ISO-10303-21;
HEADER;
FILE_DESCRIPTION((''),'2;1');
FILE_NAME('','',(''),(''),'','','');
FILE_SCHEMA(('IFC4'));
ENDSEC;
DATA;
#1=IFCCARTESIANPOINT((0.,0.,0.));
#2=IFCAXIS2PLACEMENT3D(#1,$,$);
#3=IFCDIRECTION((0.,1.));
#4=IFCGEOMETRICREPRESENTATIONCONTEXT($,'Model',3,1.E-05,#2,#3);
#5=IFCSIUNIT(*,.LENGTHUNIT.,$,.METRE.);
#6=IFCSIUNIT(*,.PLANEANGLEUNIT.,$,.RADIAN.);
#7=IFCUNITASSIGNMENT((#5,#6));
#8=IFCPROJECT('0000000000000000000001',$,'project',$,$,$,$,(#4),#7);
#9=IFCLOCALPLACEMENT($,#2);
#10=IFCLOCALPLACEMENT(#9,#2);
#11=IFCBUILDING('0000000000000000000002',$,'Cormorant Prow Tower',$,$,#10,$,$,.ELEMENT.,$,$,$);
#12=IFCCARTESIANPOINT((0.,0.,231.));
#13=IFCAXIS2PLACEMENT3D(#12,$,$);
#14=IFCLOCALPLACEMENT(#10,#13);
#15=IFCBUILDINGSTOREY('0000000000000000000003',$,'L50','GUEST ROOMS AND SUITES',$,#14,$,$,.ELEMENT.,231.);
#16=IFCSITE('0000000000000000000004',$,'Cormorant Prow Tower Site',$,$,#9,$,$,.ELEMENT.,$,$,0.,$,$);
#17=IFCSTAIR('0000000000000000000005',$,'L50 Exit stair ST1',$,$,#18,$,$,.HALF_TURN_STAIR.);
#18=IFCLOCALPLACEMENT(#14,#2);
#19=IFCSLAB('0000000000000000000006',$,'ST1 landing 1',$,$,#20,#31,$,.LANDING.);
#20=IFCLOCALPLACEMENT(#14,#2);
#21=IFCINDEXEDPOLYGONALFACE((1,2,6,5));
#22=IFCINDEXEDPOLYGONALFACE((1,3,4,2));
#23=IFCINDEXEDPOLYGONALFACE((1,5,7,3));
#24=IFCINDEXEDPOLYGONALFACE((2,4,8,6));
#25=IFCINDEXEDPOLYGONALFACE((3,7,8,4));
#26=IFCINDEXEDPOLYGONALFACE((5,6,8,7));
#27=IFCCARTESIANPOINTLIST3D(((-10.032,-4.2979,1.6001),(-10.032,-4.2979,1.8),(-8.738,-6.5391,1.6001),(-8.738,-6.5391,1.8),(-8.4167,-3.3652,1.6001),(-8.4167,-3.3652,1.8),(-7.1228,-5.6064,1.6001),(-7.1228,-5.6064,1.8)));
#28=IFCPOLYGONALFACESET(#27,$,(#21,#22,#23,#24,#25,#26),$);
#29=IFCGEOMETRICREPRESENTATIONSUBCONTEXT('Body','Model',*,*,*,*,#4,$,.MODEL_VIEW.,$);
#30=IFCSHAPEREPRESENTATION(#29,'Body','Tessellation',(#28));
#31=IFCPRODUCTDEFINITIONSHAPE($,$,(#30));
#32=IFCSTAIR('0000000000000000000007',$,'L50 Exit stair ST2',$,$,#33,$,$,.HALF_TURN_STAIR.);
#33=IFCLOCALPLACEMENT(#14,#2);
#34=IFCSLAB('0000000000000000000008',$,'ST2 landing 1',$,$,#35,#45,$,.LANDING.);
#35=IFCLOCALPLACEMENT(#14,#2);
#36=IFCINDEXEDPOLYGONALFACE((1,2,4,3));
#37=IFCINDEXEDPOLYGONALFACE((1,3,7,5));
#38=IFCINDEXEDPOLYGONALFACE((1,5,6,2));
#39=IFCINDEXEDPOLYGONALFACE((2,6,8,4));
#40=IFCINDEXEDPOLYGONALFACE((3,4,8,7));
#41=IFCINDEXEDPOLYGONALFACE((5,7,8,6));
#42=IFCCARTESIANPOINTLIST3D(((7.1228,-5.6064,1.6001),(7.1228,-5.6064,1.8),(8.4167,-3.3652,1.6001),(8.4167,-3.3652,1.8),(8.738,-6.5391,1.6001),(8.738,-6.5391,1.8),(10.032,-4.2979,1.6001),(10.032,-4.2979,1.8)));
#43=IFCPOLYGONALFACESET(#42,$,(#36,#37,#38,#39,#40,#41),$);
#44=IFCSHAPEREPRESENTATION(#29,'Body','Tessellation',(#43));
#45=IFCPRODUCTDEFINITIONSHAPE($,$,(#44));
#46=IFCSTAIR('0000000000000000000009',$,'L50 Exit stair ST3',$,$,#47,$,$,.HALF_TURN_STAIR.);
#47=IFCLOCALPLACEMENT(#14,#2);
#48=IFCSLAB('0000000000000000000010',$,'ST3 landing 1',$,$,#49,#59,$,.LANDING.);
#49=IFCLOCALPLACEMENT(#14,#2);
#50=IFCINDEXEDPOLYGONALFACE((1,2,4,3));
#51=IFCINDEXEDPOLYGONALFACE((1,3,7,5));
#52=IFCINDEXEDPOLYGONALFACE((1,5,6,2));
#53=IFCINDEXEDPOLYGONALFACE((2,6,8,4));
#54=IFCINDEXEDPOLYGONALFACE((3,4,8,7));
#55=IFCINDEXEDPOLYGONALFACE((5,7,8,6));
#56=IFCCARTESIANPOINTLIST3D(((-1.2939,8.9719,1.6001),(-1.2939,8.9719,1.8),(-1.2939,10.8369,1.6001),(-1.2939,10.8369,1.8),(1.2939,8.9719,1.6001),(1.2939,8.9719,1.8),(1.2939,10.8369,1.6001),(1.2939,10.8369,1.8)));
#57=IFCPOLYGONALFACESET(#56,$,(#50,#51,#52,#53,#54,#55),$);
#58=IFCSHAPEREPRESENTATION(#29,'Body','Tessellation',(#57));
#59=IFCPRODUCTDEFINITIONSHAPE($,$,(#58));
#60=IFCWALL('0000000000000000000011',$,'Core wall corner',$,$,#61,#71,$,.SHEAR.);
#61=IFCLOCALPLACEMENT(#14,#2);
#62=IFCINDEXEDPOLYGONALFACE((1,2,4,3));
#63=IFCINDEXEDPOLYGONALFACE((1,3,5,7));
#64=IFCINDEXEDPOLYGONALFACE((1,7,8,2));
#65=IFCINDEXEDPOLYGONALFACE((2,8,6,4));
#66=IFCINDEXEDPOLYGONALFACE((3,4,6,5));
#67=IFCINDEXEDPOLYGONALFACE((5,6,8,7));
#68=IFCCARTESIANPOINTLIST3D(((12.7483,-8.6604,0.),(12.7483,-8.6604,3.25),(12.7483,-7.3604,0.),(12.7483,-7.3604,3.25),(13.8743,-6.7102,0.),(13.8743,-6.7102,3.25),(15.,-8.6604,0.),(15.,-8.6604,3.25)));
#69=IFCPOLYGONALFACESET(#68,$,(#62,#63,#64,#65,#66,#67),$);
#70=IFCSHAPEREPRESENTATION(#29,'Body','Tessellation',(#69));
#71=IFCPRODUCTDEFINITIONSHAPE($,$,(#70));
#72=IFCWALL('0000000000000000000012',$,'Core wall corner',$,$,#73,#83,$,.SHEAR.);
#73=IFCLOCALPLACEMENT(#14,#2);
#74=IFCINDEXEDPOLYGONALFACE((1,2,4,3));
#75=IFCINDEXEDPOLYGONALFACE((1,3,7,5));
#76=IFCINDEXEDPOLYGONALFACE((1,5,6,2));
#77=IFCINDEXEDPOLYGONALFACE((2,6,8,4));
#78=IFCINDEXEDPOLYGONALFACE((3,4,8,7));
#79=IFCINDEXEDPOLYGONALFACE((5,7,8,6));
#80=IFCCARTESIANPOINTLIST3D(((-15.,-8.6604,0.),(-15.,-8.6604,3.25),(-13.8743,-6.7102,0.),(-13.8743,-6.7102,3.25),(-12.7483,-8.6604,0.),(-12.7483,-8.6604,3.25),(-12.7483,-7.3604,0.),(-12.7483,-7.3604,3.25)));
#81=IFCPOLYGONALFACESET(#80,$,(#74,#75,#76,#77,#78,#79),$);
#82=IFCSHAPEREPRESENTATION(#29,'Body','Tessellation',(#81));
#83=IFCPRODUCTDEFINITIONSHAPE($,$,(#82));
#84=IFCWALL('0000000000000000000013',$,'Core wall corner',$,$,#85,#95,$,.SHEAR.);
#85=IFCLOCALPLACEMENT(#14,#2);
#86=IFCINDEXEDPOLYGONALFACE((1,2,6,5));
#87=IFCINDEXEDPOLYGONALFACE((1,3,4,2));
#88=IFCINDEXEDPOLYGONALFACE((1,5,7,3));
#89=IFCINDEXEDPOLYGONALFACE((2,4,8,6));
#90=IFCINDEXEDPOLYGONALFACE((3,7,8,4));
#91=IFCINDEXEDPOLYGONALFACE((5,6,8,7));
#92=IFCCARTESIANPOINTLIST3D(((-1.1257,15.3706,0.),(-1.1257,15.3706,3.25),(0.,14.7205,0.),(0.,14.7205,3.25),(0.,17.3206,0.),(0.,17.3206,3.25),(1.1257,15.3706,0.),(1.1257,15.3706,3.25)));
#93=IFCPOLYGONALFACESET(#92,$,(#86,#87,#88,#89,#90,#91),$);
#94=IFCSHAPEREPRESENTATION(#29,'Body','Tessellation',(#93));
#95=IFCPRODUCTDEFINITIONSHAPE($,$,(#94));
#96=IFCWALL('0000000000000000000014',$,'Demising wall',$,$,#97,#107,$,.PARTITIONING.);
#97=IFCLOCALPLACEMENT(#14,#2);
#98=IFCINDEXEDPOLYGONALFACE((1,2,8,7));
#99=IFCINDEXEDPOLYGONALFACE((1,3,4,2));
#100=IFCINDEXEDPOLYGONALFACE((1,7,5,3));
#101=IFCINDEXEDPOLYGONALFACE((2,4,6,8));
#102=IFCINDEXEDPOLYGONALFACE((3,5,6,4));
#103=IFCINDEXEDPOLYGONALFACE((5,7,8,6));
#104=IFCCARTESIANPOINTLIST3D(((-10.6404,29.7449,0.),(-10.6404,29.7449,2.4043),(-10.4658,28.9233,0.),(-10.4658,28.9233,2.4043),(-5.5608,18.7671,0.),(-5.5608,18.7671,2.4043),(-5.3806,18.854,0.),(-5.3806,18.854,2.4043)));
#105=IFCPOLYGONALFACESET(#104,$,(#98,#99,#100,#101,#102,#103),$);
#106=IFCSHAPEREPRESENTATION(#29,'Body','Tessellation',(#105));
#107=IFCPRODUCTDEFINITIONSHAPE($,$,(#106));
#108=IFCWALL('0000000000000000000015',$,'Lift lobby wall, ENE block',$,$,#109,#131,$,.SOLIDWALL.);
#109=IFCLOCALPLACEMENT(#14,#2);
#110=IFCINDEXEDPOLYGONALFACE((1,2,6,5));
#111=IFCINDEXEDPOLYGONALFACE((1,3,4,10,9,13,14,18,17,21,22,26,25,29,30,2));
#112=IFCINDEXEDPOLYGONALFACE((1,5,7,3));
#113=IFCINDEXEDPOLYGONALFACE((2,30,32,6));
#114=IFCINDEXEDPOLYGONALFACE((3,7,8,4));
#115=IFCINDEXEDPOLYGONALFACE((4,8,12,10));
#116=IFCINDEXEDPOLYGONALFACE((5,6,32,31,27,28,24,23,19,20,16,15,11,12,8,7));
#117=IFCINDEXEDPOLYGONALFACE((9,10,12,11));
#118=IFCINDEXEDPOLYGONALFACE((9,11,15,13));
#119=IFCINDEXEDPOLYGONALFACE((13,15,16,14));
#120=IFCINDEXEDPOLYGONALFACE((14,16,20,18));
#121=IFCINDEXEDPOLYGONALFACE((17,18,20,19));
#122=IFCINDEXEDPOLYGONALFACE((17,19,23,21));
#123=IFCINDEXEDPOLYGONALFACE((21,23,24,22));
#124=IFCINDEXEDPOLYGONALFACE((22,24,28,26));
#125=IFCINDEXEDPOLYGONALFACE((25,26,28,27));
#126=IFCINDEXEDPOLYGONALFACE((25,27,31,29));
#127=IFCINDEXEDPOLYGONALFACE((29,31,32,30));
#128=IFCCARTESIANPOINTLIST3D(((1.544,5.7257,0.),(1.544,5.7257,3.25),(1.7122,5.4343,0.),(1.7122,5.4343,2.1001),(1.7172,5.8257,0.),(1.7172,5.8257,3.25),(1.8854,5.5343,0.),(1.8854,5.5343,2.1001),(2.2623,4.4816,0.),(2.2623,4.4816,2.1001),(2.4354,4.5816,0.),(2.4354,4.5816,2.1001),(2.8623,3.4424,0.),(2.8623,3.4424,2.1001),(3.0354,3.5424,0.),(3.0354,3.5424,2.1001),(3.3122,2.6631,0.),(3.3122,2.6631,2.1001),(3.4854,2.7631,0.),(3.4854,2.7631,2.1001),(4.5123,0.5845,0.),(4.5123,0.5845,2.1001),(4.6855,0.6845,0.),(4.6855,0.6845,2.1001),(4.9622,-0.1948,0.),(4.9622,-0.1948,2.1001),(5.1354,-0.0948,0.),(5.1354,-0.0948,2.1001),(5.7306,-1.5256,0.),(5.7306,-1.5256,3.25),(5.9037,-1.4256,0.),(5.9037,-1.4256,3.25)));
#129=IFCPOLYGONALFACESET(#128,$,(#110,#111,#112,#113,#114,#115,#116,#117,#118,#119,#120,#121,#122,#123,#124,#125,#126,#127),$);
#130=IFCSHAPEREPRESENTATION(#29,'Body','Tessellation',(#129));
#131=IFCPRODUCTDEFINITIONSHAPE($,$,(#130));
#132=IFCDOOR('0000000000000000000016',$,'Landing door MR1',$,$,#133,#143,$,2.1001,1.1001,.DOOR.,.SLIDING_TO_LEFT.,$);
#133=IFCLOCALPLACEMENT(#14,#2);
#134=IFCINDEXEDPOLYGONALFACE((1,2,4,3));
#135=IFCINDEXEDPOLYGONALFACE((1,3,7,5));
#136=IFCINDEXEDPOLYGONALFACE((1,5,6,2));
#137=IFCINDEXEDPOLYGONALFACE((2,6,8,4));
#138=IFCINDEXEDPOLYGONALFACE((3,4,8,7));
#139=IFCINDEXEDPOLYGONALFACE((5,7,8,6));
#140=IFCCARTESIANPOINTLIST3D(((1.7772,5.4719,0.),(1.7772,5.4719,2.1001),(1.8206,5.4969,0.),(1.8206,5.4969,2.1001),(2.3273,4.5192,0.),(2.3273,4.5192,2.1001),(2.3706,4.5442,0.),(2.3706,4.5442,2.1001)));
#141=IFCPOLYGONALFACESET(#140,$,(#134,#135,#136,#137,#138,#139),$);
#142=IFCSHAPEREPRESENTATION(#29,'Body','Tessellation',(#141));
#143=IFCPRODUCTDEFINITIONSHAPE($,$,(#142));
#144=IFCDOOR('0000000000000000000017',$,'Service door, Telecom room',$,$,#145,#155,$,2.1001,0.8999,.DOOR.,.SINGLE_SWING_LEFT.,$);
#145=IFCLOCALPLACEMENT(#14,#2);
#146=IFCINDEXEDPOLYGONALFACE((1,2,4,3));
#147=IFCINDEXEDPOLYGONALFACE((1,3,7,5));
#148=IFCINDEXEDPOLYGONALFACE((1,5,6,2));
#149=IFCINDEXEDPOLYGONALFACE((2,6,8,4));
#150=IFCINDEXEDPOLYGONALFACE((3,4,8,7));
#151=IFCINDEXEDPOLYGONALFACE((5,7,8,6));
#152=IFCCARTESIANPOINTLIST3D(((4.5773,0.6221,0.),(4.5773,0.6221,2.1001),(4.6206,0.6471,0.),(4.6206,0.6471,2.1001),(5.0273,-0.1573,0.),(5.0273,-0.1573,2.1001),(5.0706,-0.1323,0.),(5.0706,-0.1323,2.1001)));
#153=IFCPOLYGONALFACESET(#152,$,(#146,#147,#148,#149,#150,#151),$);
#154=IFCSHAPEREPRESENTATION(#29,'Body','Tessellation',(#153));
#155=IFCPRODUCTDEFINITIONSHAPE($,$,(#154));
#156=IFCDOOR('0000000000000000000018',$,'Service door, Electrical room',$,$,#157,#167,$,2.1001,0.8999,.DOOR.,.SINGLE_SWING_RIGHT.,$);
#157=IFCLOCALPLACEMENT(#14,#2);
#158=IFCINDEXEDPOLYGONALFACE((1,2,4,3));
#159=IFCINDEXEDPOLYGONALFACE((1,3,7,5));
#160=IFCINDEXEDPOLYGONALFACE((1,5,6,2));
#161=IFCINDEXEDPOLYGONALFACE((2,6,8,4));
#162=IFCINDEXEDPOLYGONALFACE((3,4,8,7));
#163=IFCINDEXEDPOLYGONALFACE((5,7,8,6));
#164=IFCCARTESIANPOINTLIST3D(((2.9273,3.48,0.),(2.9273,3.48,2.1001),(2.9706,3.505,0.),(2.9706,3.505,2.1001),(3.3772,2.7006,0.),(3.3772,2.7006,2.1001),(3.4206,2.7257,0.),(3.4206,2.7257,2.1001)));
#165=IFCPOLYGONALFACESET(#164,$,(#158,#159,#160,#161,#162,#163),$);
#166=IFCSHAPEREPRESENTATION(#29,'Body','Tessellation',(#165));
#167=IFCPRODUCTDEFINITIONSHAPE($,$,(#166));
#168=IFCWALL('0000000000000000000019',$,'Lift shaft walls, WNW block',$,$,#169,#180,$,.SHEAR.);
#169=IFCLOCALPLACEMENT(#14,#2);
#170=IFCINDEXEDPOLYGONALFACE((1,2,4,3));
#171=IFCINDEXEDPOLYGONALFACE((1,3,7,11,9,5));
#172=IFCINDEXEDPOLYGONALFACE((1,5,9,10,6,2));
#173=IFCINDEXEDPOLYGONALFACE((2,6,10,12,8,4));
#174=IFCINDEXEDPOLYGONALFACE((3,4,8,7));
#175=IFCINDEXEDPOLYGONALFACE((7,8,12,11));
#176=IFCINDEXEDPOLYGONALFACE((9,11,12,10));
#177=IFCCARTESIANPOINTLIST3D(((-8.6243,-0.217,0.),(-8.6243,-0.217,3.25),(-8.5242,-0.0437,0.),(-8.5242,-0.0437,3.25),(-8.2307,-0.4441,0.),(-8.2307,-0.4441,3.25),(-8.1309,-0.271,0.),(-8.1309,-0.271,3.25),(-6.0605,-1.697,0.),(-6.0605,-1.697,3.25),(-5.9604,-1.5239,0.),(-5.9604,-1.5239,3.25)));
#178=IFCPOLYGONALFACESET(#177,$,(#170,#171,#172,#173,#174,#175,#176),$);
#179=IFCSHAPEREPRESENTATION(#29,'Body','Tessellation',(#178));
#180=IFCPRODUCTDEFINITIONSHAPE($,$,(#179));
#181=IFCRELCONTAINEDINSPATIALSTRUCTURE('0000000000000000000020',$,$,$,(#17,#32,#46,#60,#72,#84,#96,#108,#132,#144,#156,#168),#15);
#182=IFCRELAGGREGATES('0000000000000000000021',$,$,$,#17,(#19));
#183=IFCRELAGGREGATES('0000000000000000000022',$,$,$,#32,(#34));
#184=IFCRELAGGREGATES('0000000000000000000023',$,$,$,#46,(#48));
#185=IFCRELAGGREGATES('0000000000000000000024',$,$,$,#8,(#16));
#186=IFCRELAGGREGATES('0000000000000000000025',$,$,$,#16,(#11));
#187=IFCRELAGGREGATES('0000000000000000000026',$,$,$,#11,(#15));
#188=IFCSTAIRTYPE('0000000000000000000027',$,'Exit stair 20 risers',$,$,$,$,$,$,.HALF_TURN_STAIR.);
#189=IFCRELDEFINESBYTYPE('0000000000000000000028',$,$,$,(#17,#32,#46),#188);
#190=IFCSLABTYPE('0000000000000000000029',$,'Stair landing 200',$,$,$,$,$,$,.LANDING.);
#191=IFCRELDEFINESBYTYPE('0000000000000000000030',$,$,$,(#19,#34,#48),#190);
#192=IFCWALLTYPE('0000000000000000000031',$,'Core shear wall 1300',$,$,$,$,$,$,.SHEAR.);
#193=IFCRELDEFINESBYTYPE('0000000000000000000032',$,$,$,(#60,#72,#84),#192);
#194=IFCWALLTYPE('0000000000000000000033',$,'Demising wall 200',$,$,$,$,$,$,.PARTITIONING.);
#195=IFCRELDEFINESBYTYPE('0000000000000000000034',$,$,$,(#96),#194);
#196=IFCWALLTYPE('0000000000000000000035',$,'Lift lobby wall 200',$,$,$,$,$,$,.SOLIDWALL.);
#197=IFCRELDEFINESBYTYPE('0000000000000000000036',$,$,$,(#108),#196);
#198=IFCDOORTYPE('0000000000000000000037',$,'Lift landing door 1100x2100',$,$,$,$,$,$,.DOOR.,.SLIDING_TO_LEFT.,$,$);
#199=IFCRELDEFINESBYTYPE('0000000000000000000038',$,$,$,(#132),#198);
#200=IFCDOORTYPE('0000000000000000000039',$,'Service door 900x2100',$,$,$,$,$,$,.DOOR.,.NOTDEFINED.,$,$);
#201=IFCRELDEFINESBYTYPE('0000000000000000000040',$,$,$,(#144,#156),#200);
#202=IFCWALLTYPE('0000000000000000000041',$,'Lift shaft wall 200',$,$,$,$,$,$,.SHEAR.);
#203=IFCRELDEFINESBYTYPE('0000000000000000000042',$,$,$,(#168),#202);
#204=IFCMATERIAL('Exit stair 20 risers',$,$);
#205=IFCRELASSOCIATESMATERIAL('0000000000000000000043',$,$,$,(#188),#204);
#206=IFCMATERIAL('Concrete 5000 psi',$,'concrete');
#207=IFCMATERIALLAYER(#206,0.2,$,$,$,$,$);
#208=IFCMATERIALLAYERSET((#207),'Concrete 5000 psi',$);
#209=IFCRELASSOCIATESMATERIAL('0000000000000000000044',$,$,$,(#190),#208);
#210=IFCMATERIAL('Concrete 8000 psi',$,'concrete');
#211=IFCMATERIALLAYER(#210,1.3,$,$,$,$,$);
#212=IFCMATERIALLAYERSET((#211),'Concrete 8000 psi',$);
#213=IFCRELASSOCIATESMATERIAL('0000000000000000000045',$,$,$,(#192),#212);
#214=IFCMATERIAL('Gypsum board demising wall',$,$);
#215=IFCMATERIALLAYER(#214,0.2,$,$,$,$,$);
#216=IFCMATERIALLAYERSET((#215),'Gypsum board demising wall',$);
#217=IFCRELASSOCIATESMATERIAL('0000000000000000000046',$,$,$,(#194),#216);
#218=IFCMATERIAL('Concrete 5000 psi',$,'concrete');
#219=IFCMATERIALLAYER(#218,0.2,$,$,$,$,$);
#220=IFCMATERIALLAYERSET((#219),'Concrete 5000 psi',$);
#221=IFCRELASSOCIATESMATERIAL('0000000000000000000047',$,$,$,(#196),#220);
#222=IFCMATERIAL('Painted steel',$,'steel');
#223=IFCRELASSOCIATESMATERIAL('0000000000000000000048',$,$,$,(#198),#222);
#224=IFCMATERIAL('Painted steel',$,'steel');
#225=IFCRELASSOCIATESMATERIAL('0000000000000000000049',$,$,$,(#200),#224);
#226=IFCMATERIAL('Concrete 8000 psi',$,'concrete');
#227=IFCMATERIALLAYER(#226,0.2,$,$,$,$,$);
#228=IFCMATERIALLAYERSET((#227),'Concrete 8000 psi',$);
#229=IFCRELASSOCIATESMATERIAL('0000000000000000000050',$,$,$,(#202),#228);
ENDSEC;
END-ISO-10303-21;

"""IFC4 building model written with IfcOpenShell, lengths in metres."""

from ifc_helpers import new_model, si_unit, direction, frame, frame_2d, origin, place, context, subcontext, project, spatial, polyline, rectangle, outline, extrude, material, layer, layer_set, type_object, element, fill, aggregate, save


model = new_model("IFC4")

# Units and contexts
model_context = context("Model", 3, precision=1e-05, world=origin(), true_north=direction((0.0, 1.0)))
body_context = subcontext(model_context, "Body", "Model", "MODEL_VIEW")
ifc_project = project(units=[si_unit("LENGTHUNIT", "METRE"), si_unit("PLANEANGLEUNIT", "RADIAN")], contexts=[model_context])

# Site, building, storey
site_placement = place(None, origin())
site = spatial("IfcSite", under=ifc_project, at=site_placement, Name="Cormorant Prow Tower Site", CompositionType="ELEMENT", RefElevation=0.0)
building_placement = place(site_placement, origin())
building = spatial("IfcBuilding", under=site, at=building_placement, Name="Cormorant Prow Tower", CompositionType="ELEMENT")
storey_placement = place(building_placement, frame((0.0, 0.0, 231.0)))
storey = spatial("IfcBuildingStorey", under=building, at=storey_placement, Name="L50", Description="GUEST ROOMS AND SUITES", CompositionType="ELEMENT", Elevation=231.0)

# Stairs, slabs
ifc_material_1 = material(Name="Exit stair 20 risers")
stair_type = type_object("IfcStairType", Name="Exit stair 20 risers", PredefinedType="HALF_TURN_STAIR", material=ifc_material_1)
stair_1_placement = place(storey_placement, origin())
stair_1 = element("IfcStair", 1, at=stair_1_placement, inside=storey, type_object=stair_type, Name="L50 Exit stair ST1", PredefinedType="HALF_TURN_STAIR")
ifc_material_2 = material(Name="Concrete 5000 psi", Category="concrete")
ifc_layer_1 = layer(ifc_material_2, 0.2)
ifc_layer_set_1 = layer_set([ifc_layer_1], Name="Concrete 5000 psi")
slab_type = type_object("IfcSlabType", Name="Stair landing 200", PredefinedType="LANDING", material=ifc_layer_set_1)
slab_1_placement = place(storey_placement, frame((0.0, 0.0, 1.6001)))
slab_1 = element("IfcSlab", 2, at=slab_1_placement, type_object=slab_type, Name="ST1 landing 1", PredefinedType="LANDING", context=body_context, shape_type="SweptSolid", body=[
    extrude(outline(polyline([(-8.4167, -3.3652), (-10.032, -4.2979), (-8.738, -6.5391), (-7.1228, -5.6064), (-8.4167, -3.3652)])), origin(), (0.0, 0.0, 1.0), 0.2),
])
aggregate(stair_1, [slab_1])
stair_2_placement = place(storey_placement, origin())
stair_2 = element("IfcStair", 3, at=stair_2_placement, inside=storey, type_object=stair_type, Name="L50 Exit stair ST2", PredefinedType="HALF_TURN_STAIR")
slab_2_placement = place(storey_placement, frame((0.0, 0.0, 1.6001)))
slab_2 = element("IfcSlab", 4, at=slab_2_placement, type_object=slab_type, Name="ST2 landing 1", PredefinedType="LANDING", context=body_context, shape_type="SweptSolid", body=[
    extrude(outline(polyline([(7.1228, -5.6064), (8.738, -6.5391), (10.032, -4.2979), (8.4167, -3.3652), (7.1228, -5.6064)])), origin(), (0.0, 0.0, 1.0), 0.2),
])
aggregate(stair_2, [slab_2])
stair_3_placement = place(storey_placement, origin())
stair_3 = element("IfcStair", 5, at=stair_3_placement, inside=storey, type_object=stair_type, Name="L50 Exit stair ST3", PredefinedType="HALF_TURN_STAIR")
slab_3_placement = place(storey_placement, frame((0.0, 0.0, 1.6001)))
slab_3 = element("IfcSlab", 6, at=slab_3_placement, type_object=slab_type, Name="ST3 landing 1", PredefinedType="LANDING", context=body_context, shape_type="SweptSolid", body=[
    extrude(outline(polyline([(1.2939, 8.9719), (1.2939, 10.8369), (-1.2939, 10.8369), (-1.2939, 8.9719), (1.2939, 8.9719)])), origin(), (0.0, 0.0, 1.0), 0.2),
])

# Walls
ifc_material_3 = material(Name="Concrete 8000 psi", Category="concrete")
ifc_layer_2 = layer(ifc_material_3, 1.3)
ifc_layer_set_2 = layer_set([ifc_layer_2], Name="Concrete 8000 psi")
wall_type_1 = type_object("IfcWallType", Name="Core shear wall 1300", PredefinedType="SHEAR", material=ifc_layer_set_2)
wall_1_placement = place(storey_placement, origin())
element("IfcWall", 7, at=wall_1_placement, inside=storey, type_object=wall_type_1, Name="Core wall corner", PredefinedType="SHEAR", context=body_context, shape_type="SweptSolid", body=[
    extrude(outline(polyline([(12.7483, -8.6604), (12.7483, -7.3604), (13.8743, -6.7102), (15.0, -8.6604), (12.7483, -8.6604)])), origin(), (0.0, 0.0, 1.0), 3.25),
])
wall_2_placement = place(storey_placement, origin())
element("IfcWall", 8, at=wall_2_placement, inside=storey, type_object=wall_type_1, Name="Core wall corner", PredefinedType="SHEAR", context=body_context, shape_type="SweptSolid", body=[
    extrude(outline(polyline([(-13.8743, -6.7102), (-12.7483, -7.3604), (-12.7483, -8.6604), (-15.0, -8.6604), (-13.8743, -6.7102)])), origin(), (0.0, 0.0, 1.0), 3.25),
])
wall_3_placement = place(storey_placement, origin())
element("IfcWall", 9, at=wall_3_placement, inside=storey, type_object=wall_type_1, Name="Core wall corner", PredefinedType="SHEAR", context=body_context, shape_type="SweptSolid", body=[
    extrude(outline(polyline([(-1.1257, 15.3706), (0.0, 17.3206), (1.1257, 15.3706), (0.0, 14.7205), (-1.1257, 15.3706)])), origin(), (0.0, 0.0, 1.0), 3.25),
])
ifc_material_4 = material(Name="Gypsum board demising wall")
ifc_layer_3 = layer(ifc_material_4, 0.2)
ifc_layer_set_3 = layer_set([ifc_layer_3], Name="Gypsum board demising wall")
wall_type_2 = type_object("IfcWallType", Name="Demising wall 200", PredefinedType="PARTITIONING", material=ifc_layer_set_3)
wall_4_placement = place(storey_placement, origin())
element("IfcWall", 10, at=wall_4_placement, inside=storey, type_object=wall_type_2, Name="Demising wall", PredefinedType="PARTITIONING", context=body_context, shape_type="SweptSolid", body=[
    extrude(outline(polyline([(-5.5608, 18.7671), (-10.4658, 28.9233), (-10.6404, 29.7449), (-5.3806, 18.854), (-5.5608, 18.7671)])), origin(), (0.0, 0.0, 1.0), 2.4043),
])

# Wall, openings, doors
ifc_material_5 = material(Name="Concrete 5000 psi", Category="concrete")
ifc_layer_4 = layer(ifc_material_5, 0.2)
ifc_layer_set_4 = layer_set([ifc_layer_4], Name="Concrete 5000 psi")
wall_type_3 = type_object("IfcWallType", Name="Lift lobby wall 200", PredefinedType="SOLIDWALL", material=ifc_layer_set_4)
wall_5_placement = place(storey_placement, frame((5.8171, -1.4756, 0.0), z_axis=(0.0, 0.0, 1.0), x_axis=(-0.500003, 0.866024, 0.0)))
wall_5 = element("IfcWall", 11, at=wall_5_placement, inside=storey, type_object=wall_type_3, Name="Lift lobby wall, ENE block", PredefinedType="SOLIDWALL", context=body_context, shape_type="SweptSolid", body=[
    extrude(rectangle(XDim=8.373, YDim=0.2, at=frame_2d((4.1865, 0.0))), origin(), (0.0, 0.0, 1.0), 3.25),
])
opening_1_placement = place(wall_5_placement, frame((1.5366, 0.0, 0.0)))
opening_1 = element("IfcOpeningElement", 12, at=opening_1_placement, cuts=wall_5, PredefinedType="OPENING", context=body_context, shape_type="SweptSolid", body=[
    extrude(rectangle(XDim=0.8999, YDim=2.1001, at=frame_2d((0.45, 1.05))), frame((0.0, 0.1099, 0.0), z_axis=(0.0, -1.0, 0.0), x_axis=(1.0, 0.0, 0.0)), (0.0, 0.0, 1.0), 0.22),
])
opening_2_placement = place(wall_5_placement, frame((4.8367, 0.0, 0.0)))
opening_2 = element("IfcOpeningElement", 13, at=opening_2_placement, cuts=wall_5, PredefinedType="OPENING", context=body_context, shape_type="SweptSolid", body=[
    extrude(rectangle(XDim=0.8999, YDim=2.1001, at=frame_2d((0.45, 1.05))), frame((0.0, 0.1099, 0.0), z_axis=(0.0, -1.0, 0.0), x_axis=(1.0, 0.0, 0.0)), (0.0, 0.0, 1.0), 0.22),
])
opening_3_placement = place(wall_5_placement, frame((6.9365, 0.0, 0.0)))
opening_3 = element("IfcOpeningElement", 14, at=opening_3_placement, cuts=wall_5, PredefinedType="OPENING", context=body_context, shape_type="SweptSolid", body=[
    extrude(rectangle(XDim=1.1001, YDim=2.1001, at=frame_2d((0.55, 1.05))), frame((0.0, 0.1099, 0.0), z_axis=(0.0, -1.0, 0.0), x_axis=(1.0, 0.0, 0.0)), (0.0, 0.0, 1.0), 0.22),
])
ifc_material_6 = material(Name="Painted steel", Category="steel")
door_type_1 = type_object("IfcDoorType", Name="Lift landing door 1100x2100", OperationType="SLIDING_TO_LEFT", PredefinedType="DOOR", material=ifc_material_6)
door_1_placement = place(opening_3_placement, origin())
door_1 = element("IfcDoor", 15, at=door_1_placement, inside=storey, type_object=door_type_1, Name="Landing door MR1", OperationType="SLIDING_TO_LEFT", OverallHeight=2.1001, OverallWidth=1.1001, PredefinedType="DOOR", context=body_context, shape_type="SweptSolid", body=[
    extrude(rectangle(XDim=1.1001, YDim=2.1001, at=frame_2d((0.55, 1.05))), frame((0.0, 0.0249, 0.0), z_axis=(0.0, -1.0, 0.0), x_axis=(1.0, 0.0, 0.0)), (0.0, 0.0, 1.0), 0.05),
])
fill(opening_3, door_1)
ifc_material_7 = material(Name="Painted steel", Category="steel")
door_type_2 = type_object("IfcDoorType", Name="Service door 900x2100", OperationType="NOTDEFINED", PredefinedType="DOOR", material=ifc_material_7)
door_2_placement = place(opening_1_placement, origin())
door_2 = element("IfcDoor", 16, at=door_2_placement, inside=storey, type_object=door_type_2, Name="Service door, Telecom room", OperationType="SINGLE_SWING_LEFT", OverallHeight=2.1001, OverallWidth=0.8999, PredefinedType="DOOR", context=body_context, shape_type="SweptSolid", body=[
    extrude(rectangle(XDim=0.8999, YDim=2.1001, at=frame_2d((0.45, 1.05))), frame((0.0, 0.0249, 0.0), z_axis=(0.0, -1.0, 0.0), x_axis=(1.0, 0.0, 0.0)), (0.0, 0.0, 1.0), 0.05),
])
fill(opening_1, door_2)
door_3_placement = place(opening_2_placement, origin())
door_3 = element("IfcDoor", 17, at=door_3_placement, inside=storey, type_object=door_type_2, Name="Service door, Electrical room", OperationType="SINGLE_SWING_RIGHT", OverallHeight=2.1001, OverallWidth=0.8999, PredefinedType="DOOR", context=body_context, shape_type="SweptSolid", body=[
    extrude(rectangle(XDim=0.8999, YDim=2.1001, at=frame_2d((0.45, 1.05))), frame((0.0, 0.0249, 0.0), z_axis=(0.0, -1.0, 0.0), x_axis=(1.0, 0.0, 0.0)), (0.0, 0.0, 1.0), 0.05),
])
fill(opening_2, door_3)

# Wall
ifc_material_8 = material(Name="Concrete 8000 psi", Category="concrete")
ifc_layer_5 = layer(ifc_material_8, 0.2)
ifc_layer_set_5 = layer_set([ifc_layer_5], Name="Concrete 8000 psi")
wall_type_4 = type_object("IfcWallType", Name="Lift shaft wall 200", PredefinedType="SHEAR", material=ifc_layer_set_5)
wall_6_placement = place(storey_placement, origin())
element("IfcWall", 18, at=wall_6_placement, inside=storey, type_object=wall_type_4, Name="Lift shaft walls, WNW block", PredefinedType="SHEAR", context=body_context, shape_type="SweptSolid", body=[
    extrude(outline(polyline([(-8.5242, -0.0437), (-8.1309, -0.271), (-5.9604, -1.5239), (-6.0605, -1.697), (-8.2307, -0.4441), (-8.6243, -0.217), (-8.5242, -0.0437)])), origin(), (0.0, 0.0, 1.0), 3.25),
])

aggregate(stair_3, [slab_3])

save(model, "model.ifc")
